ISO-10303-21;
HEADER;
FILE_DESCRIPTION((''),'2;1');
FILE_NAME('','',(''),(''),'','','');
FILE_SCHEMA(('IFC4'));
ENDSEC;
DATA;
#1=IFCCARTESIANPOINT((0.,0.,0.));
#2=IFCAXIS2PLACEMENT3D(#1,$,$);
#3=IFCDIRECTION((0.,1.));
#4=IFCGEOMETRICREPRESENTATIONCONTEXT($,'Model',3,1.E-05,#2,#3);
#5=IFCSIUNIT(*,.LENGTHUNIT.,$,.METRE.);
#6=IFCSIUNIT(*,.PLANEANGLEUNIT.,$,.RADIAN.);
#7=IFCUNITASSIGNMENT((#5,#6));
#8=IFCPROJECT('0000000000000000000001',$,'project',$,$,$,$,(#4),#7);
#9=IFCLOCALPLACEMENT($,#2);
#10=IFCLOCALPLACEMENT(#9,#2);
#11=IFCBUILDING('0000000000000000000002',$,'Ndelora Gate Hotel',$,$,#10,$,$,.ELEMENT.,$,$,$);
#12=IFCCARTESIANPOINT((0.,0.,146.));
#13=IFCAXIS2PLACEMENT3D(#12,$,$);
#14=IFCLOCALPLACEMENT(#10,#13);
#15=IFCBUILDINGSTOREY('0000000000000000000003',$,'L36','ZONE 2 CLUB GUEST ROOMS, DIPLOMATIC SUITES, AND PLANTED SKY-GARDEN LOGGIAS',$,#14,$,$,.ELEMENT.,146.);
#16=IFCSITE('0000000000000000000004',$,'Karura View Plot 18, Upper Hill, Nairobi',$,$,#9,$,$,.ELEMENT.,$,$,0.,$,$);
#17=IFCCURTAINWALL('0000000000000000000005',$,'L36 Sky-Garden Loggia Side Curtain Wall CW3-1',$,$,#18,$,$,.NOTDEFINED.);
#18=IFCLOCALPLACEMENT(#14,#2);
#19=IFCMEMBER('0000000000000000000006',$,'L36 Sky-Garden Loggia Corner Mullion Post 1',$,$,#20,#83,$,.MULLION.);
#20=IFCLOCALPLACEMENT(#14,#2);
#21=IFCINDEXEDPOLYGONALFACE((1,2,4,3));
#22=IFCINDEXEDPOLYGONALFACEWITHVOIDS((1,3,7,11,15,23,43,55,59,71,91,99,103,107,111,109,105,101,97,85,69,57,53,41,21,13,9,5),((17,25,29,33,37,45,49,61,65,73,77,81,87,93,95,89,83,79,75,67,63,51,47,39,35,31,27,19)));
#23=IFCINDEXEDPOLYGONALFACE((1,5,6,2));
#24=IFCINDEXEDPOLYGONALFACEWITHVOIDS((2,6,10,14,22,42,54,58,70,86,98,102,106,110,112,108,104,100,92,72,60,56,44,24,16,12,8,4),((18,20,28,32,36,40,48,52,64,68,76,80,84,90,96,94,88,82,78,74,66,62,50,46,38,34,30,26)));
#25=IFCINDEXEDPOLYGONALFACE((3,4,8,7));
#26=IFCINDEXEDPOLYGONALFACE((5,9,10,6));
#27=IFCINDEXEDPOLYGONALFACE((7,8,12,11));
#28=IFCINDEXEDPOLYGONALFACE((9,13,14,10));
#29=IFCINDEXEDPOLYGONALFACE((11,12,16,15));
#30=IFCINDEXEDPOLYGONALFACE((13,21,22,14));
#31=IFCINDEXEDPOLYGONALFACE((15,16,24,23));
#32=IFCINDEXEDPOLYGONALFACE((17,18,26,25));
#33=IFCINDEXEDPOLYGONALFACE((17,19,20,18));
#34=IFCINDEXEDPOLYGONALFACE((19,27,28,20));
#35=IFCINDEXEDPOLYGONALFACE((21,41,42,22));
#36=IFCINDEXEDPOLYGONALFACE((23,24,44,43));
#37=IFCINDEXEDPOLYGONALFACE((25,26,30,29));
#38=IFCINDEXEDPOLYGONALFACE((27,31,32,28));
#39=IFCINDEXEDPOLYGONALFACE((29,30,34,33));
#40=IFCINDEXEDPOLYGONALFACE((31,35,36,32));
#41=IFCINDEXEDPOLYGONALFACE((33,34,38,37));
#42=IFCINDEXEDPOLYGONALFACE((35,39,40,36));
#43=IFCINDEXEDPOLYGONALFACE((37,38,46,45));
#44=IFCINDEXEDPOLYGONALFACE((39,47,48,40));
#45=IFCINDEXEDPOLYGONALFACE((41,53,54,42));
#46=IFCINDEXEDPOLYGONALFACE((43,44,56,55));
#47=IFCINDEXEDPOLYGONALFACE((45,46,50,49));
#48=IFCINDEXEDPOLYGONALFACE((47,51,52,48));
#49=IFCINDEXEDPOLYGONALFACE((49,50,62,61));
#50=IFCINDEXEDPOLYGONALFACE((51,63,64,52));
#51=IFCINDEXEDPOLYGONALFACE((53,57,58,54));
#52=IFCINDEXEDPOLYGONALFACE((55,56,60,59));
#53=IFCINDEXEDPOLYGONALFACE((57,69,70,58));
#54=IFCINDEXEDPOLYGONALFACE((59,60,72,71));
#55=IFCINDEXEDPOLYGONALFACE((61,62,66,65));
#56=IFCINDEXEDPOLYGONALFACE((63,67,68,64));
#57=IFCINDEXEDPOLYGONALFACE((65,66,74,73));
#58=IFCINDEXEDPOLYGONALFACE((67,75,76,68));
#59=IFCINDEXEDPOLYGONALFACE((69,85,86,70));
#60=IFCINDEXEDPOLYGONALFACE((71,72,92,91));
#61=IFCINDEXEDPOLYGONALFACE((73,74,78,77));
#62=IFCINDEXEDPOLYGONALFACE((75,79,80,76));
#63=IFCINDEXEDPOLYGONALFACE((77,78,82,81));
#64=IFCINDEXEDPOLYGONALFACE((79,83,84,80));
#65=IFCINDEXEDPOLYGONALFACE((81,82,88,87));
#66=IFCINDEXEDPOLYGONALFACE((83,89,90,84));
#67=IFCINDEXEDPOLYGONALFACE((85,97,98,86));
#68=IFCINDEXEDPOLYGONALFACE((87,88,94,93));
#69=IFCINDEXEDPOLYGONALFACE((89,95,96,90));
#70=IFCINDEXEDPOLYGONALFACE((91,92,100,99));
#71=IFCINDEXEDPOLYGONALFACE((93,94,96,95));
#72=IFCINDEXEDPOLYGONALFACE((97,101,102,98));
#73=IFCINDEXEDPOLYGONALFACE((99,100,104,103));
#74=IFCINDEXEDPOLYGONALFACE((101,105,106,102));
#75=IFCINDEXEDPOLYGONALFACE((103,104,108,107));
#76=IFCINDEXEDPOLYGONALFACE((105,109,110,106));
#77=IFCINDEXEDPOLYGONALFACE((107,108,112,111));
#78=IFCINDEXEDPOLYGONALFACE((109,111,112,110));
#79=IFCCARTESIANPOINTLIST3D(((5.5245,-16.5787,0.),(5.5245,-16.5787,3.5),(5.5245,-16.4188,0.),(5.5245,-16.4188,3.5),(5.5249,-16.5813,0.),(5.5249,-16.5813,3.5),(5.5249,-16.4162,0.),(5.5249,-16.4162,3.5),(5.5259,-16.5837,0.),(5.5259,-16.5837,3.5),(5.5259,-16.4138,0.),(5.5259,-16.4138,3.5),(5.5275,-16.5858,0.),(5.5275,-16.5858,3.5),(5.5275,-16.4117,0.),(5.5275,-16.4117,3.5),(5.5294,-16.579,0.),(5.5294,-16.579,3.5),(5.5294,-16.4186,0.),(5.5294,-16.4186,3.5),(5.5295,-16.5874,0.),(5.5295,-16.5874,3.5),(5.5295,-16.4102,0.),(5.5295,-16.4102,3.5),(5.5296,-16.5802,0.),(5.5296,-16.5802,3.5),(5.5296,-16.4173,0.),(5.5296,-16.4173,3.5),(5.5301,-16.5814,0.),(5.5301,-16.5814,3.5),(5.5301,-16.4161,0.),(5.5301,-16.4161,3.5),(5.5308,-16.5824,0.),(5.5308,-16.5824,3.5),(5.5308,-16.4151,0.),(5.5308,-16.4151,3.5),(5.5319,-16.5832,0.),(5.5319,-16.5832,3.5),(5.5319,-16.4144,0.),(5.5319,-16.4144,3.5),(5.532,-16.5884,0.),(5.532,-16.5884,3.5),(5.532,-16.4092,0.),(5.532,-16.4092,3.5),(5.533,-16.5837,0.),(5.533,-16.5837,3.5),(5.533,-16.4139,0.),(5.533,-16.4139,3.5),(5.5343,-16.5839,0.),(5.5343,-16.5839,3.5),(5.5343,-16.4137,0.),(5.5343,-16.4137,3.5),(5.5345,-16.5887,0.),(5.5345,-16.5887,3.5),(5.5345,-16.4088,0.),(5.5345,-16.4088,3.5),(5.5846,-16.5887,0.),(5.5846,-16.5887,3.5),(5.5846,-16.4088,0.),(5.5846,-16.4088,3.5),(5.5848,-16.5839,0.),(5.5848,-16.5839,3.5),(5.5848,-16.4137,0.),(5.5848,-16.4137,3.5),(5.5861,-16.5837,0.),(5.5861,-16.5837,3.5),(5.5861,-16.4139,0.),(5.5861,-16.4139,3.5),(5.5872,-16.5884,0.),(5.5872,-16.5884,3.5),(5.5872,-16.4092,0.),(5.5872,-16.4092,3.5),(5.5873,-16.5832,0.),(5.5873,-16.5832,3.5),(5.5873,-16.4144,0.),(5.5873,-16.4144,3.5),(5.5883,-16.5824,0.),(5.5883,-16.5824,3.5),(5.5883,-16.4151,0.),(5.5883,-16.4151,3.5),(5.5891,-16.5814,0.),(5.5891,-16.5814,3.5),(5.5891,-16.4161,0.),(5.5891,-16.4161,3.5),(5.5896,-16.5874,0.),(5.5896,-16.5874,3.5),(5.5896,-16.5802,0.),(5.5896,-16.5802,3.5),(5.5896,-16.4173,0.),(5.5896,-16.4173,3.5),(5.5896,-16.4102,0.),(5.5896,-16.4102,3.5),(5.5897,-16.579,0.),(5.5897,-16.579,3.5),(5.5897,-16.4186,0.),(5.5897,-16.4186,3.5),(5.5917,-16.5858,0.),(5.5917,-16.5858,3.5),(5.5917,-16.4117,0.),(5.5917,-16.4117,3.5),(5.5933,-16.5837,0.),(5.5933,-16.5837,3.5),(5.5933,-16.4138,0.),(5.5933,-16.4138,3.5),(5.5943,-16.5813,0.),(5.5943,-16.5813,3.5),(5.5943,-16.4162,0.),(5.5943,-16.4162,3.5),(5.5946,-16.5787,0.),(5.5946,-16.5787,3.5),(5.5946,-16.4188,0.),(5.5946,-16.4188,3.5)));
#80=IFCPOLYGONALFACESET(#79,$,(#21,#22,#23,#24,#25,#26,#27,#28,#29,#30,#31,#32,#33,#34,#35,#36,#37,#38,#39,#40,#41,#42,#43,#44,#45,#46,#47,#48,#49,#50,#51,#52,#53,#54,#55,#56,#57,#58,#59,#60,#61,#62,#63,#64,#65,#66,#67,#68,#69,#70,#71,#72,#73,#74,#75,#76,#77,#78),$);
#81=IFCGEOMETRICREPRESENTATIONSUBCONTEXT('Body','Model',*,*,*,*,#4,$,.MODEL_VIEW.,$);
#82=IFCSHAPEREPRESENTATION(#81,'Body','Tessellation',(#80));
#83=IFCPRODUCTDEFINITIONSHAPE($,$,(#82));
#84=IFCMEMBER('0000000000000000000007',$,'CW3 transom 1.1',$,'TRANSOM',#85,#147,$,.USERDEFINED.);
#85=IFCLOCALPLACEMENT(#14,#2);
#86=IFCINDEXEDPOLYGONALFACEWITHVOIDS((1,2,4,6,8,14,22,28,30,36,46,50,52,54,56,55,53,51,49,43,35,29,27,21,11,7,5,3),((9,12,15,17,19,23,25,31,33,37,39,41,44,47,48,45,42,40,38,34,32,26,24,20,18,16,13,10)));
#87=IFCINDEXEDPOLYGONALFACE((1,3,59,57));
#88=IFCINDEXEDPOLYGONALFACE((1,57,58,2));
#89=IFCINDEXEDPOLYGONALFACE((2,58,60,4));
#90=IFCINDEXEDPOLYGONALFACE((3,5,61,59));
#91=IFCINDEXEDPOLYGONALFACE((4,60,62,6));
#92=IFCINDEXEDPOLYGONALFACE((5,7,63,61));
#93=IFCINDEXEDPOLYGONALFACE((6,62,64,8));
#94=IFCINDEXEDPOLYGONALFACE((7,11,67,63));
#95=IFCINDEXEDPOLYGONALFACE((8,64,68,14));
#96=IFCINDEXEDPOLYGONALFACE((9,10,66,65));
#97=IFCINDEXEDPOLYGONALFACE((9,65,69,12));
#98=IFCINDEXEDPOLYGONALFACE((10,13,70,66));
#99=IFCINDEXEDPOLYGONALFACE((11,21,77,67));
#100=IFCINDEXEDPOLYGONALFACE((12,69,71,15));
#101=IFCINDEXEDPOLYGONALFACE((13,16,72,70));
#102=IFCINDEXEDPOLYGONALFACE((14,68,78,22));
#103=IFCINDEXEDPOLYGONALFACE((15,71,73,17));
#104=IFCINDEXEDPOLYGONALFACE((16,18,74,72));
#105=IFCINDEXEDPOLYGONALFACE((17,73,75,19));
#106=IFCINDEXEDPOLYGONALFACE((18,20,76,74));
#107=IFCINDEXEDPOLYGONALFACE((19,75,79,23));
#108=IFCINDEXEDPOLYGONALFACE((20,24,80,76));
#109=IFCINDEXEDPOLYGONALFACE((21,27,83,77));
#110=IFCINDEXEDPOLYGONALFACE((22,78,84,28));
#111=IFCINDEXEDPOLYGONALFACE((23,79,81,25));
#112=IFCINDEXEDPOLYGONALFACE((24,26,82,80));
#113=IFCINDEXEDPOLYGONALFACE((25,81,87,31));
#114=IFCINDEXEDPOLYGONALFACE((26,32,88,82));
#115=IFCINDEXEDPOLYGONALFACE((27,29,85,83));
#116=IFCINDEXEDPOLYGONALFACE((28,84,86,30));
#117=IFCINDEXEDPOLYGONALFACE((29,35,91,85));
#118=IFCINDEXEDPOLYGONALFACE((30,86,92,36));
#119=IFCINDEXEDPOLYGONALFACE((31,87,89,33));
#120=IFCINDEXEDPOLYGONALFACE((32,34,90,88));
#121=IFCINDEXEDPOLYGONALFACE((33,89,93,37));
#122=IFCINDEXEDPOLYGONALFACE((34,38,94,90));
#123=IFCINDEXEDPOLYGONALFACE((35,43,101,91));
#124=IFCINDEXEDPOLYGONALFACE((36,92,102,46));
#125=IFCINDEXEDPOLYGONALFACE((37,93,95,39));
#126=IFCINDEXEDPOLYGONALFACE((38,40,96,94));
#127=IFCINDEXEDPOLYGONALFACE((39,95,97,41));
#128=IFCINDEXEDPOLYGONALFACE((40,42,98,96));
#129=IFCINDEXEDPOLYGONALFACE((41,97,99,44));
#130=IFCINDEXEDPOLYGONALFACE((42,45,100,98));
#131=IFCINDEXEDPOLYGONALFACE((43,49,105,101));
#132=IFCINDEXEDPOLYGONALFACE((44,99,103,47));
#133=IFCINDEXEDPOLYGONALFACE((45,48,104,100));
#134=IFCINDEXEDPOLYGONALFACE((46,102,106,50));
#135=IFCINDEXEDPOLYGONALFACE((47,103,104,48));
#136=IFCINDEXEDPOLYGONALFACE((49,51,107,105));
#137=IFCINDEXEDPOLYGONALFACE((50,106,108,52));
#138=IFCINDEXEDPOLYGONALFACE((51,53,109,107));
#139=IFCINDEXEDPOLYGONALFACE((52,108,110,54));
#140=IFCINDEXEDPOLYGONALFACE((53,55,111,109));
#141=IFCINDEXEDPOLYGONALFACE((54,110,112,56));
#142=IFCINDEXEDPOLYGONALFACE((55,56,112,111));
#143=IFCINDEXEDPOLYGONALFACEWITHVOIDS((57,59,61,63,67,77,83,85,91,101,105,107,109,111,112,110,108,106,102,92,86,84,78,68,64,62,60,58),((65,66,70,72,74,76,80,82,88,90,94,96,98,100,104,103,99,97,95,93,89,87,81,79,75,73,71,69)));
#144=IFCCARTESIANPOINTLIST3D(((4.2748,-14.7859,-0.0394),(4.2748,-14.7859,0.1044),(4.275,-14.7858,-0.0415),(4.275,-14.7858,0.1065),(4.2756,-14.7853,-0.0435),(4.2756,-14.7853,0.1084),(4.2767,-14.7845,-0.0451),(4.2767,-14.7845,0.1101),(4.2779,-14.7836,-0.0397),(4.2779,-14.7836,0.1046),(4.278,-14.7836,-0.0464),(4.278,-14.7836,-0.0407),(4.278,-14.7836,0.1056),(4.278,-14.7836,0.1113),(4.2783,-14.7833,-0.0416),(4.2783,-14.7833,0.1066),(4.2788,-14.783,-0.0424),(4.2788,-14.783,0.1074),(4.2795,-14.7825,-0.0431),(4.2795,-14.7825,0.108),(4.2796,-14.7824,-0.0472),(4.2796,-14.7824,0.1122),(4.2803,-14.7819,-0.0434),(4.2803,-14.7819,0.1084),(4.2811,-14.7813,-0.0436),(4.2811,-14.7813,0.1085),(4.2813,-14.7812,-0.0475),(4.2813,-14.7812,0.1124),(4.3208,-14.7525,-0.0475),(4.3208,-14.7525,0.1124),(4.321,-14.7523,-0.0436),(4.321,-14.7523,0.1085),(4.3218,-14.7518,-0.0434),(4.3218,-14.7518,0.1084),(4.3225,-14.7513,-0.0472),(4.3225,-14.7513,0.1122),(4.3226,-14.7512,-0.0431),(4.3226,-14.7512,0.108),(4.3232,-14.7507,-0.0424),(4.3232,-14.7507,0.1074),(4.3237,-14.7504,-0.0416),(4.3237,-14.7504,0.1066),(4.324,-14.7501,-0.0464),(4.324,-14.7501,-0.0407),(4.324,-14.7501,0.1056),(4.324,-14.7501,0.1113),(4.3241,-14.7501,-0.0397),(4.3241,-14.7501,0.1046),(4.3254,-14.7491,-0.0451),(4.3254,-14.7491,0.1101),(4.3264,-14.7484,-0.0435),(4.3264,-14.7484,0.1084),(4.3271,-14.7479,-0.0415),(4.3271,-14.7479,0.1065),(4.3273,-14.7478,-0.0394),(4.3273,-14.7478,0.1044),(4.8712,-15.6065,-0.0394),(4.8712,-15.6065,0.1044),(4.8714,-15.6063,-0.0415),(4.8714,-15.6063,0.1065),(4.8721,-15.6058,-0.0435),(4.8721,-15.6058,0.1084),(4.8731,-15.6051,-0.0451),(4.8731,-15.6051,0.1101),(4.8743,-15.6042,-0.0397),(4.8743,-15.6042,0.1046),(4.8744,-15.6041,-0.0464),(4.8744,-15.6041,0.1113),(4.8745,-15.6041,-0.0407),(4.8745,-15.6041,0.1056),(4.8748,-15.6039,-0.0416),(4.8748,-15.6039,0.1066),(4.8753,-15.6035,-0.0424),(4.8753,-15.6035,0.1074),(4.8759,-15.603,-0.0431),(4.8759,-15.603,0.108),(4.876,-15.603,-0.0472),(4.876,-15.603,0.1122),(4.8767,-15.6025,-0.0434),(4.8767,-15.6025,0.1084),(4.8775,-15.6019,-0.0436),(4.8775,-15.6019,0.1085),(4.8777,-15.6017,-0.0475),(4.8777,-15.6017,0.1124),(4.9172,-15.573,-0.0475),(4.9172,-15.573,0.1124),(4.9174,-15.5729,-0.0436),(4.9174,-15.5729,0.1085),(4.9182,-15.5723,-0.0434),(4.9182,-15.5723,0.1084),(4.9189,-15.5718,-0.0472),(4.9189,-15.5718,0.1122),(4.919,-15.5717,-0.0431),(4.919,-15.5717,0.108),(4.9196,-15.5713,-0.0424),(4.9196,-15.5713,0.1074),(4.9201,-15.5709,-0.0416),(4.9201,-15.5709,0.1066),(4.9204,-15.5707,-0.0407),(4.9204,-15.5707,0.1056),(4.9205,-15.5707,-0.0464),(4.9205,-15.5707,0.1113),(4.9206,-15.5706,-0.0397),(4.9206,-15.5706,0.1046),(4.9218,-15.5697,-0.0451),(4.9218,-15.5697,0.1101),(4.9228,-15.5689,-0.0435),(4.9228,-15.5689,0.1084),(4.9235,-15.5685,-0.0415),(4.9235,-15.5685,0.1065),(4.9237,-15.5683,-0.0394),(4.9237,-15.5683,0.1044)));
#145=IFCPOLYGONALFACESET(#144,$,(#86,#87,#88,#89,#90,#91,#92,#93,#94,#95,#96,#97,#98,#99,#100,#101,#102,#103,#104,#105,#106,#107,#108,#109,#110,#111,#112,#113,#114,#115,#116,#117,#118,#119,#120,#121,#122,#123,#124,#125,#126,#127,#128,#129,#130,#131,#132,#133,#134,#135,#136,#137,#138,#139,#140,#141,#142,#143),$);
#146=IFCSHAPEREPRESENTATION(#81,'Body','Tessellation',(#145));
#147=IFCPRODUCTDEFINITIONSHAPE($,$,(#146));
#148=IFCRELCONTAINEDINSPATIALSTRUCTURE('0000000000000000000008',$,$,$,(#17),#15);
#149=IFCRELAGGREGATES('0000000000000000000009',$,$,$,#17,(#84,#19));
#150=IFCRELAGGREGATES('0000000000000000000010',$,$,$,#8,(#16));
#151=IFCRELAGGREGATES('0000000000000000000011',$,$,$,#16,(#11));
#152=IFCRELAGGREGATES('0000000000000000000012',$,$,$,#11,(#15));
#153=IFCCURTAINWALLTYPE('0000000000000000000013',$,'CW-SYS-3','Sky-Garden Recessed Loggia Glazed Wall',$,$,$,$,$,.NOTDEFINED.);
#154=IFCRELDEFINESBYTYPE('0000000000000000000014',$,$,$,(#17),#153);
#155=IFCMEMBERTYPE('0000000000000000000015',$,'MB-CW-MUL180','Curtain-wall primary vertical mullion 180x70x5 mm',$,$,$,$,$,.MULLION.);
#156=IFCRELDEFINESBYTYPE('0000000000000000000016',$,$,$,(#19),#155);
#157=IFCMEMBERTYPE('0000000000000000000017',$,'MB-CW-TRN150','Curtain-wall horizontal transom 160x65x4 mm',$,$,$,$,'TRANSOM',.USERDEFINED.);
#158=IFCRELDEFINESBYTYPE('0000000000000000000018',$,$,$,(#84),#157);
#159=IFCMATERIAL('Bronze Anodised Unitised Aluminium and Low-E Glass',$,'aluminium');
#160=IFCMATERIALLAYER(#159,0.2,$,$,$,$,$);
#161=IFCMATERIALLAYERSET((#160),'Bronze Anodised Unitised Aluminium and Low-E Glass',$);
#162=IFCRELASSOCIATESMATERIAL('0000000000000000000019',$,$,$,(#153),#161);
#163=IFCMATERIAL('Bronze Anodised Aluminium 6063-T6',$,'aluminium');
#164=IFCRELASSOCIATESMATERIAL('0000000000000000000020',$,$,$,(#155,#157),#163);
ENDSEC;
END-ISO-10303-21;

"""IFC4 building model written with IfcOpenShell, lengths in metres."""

from ifc_helpers import new_model, si_unit, direction, frame, origin, origin_2d, place, context, subcontext, project, spatial, hollow_rectangle, extrude, material, layer, layer_set, material_profile, profile_set, type_object, element, aggregate, save


model = new_model("IFC4")

# Units and contexts
model_context = context("Model", 3, precision=1e-05, world=origin(), true_north=direction((0.0, 1.0)))
body_context = subcontext(model_context, "Body", "Model", "MODEL_VIEW")
ifc_project = project(units=[si_unit("LENGTHUNIT", "METRE"), si_unit("PLANEANGLEUNIT", "RADIAN")], contexts=[model_context])

# Site, building, storey
site_placement = place(None, origin())
site = spatial("IfcSite", under=ifc_project, at=site_placement, Name="Karura View Plot 18, Upper Hill, Nairobi", CompositionType="ELEMENT", RefElevation=0.0)
building_placement = place(site_placement, origin())
building = spatial("IfcBuilding", under=site, at=building_placement, Name="Ndelora Gate Hotel", CompositionType="ELEMENT")
storey_placement = place(building_placement, frame((0.0, 0.0, 146.0)))
storey = spatial("IfcBuildingStorey", under=building, at=storey_placement, Name="L36", Description="ZONE 2 CLUB GUEST ROOMS, DIPLOMATIC SUITES, AND PLANTED SKY-GARDEN LOGGIAS", CompositionType="ELEMENT", Elevation=146.0)

# Curtain wall, members
ifc_material_1 = material(Name="Bronze Anodised Unitised Aluminium and Low-E Glass", Category="aluminium")
ifc_layer_1 = layer(ifc_material_1, 0.2)
ifc_layer_set_1 = layer_set([ifc_layer_1], Name="Bronze Anodised Unitised Aluminium and Low-E Glass")
curtain_wall_type = type_object("IfcCurtainWallType", Name="CW-SYS-3", Description="Sky-Garden Recessed Loggia Glazed Wall", PredefinedType="NOTDEFINED", material=ifc_layer_set_1)
curtain_wall_placement = place(storey_placement, origin())
curtain_wall = element("IfcCurtainWall", 1, at=curtain_wall_placement, inside=storey, type_object=curtain_wall_type, Name="L36 Sky-Garden Loggia Side Curtain Wall CW3-1", PredefinedType="NOTDEFINED")
ifc_material_2 = material(Name="Bronze Anodised Aluminium 6063-T6", Category="aluminium")
ifc_material_profile_1 = material_profile(ifc_material_2, hollow_rectangle(XDim=0.0701, YDim=0.1799, WallThickness=0.0049, InnerFilletRadius=0.0049, OuterFilletRadius=0.01, at=origin_2d()), Name="ALU 180x70x5")
ifc_profile_set_1 = profile_set([ifc_material_profile_1], Name="Bronze Anodised Aluminium 6063-T6")
member_type_1 = type_object("IfcMemberType", Name="MB-CW-MUL180", Description="Curtain-wall primary vertical mullion 180x70x5 mm", PredefinedType="MULLION", material=ifc_profile_set_1)
member_1_placement = place(storey_placement, frame((5.5596, -16.4988, 0.0), z_axis=(0.0, 0.0, 1.0), x_axis=(1.0, 0.0, 0.0)))
member_1 = element("IfcMember", 2, at=member_1_placement, type_object=member_type_1, Name="L36 Sky-Garden Loggia Corner Mullion Post 1", PredefinedType="MULLION", context=body_context, shape_type="SweptSolid", body=[
    extrude(hollow_rectangle(XDim=0.0701, YDim=0.1799, WallThickness=0.0049, InnerFilletRadius=0.0049, OuterFilletRadius=0.01, at=origin_2d()), origin(), (0.0, 0.0, 1.0), 3.5),
])
ifc_material_profile_2 = material_profile(ifc_material_2, hollow_rectangle(XDim=0.0649, YDim=0.1599, WallThickness=0.0039, InnerFilletRadius=0.0039, OuterFilletRadius=0.0081, at=origin_2d()), Name="ALU 160x65x4")
ifc_profile_set_2 = profile_set([ifc_material_profile_2], Name="Bronze Anodised Aluminium 6063-T6")
member_type_2 = type_object("IfcMemberType", Name="MB-CW-TRN150", Description="Curtain-wall horizontal transom 160x65x4 mm", ElementType="TRANSOM", PredefinedType="USERDEFINED", material=ifc_profile_set_2)
member_2_placement = place(storey_placement, frame((4.301, -14.7668, 0.0325), z_axis=(0.587957, -0.808892, 0.0), x_axis=(0.808892, 0.587957, 0.0)))
member_2 = element("IfcMember", 3, at=member_2_placement, type_object=member_type_2, Name="CW3 transom 1.1", ObjectType="TRANSOM", PredefinedType="USERDEFINED", context=body_context, shape_type="SweptSolid", body=[
    extrude(hollow_rectangle(XDim=0.0649, YDim=0.1599, WallThickness=0.0039, InnerFilletRadius=0.0039, OuterFilletRadius=0.0081, at=origin_2d()), origin(), (0.0, 0.0, 1.0), 1.0144),
])
aggregate(curtain_wall, [member_2, member_1])

save(model, "model.ifc")
